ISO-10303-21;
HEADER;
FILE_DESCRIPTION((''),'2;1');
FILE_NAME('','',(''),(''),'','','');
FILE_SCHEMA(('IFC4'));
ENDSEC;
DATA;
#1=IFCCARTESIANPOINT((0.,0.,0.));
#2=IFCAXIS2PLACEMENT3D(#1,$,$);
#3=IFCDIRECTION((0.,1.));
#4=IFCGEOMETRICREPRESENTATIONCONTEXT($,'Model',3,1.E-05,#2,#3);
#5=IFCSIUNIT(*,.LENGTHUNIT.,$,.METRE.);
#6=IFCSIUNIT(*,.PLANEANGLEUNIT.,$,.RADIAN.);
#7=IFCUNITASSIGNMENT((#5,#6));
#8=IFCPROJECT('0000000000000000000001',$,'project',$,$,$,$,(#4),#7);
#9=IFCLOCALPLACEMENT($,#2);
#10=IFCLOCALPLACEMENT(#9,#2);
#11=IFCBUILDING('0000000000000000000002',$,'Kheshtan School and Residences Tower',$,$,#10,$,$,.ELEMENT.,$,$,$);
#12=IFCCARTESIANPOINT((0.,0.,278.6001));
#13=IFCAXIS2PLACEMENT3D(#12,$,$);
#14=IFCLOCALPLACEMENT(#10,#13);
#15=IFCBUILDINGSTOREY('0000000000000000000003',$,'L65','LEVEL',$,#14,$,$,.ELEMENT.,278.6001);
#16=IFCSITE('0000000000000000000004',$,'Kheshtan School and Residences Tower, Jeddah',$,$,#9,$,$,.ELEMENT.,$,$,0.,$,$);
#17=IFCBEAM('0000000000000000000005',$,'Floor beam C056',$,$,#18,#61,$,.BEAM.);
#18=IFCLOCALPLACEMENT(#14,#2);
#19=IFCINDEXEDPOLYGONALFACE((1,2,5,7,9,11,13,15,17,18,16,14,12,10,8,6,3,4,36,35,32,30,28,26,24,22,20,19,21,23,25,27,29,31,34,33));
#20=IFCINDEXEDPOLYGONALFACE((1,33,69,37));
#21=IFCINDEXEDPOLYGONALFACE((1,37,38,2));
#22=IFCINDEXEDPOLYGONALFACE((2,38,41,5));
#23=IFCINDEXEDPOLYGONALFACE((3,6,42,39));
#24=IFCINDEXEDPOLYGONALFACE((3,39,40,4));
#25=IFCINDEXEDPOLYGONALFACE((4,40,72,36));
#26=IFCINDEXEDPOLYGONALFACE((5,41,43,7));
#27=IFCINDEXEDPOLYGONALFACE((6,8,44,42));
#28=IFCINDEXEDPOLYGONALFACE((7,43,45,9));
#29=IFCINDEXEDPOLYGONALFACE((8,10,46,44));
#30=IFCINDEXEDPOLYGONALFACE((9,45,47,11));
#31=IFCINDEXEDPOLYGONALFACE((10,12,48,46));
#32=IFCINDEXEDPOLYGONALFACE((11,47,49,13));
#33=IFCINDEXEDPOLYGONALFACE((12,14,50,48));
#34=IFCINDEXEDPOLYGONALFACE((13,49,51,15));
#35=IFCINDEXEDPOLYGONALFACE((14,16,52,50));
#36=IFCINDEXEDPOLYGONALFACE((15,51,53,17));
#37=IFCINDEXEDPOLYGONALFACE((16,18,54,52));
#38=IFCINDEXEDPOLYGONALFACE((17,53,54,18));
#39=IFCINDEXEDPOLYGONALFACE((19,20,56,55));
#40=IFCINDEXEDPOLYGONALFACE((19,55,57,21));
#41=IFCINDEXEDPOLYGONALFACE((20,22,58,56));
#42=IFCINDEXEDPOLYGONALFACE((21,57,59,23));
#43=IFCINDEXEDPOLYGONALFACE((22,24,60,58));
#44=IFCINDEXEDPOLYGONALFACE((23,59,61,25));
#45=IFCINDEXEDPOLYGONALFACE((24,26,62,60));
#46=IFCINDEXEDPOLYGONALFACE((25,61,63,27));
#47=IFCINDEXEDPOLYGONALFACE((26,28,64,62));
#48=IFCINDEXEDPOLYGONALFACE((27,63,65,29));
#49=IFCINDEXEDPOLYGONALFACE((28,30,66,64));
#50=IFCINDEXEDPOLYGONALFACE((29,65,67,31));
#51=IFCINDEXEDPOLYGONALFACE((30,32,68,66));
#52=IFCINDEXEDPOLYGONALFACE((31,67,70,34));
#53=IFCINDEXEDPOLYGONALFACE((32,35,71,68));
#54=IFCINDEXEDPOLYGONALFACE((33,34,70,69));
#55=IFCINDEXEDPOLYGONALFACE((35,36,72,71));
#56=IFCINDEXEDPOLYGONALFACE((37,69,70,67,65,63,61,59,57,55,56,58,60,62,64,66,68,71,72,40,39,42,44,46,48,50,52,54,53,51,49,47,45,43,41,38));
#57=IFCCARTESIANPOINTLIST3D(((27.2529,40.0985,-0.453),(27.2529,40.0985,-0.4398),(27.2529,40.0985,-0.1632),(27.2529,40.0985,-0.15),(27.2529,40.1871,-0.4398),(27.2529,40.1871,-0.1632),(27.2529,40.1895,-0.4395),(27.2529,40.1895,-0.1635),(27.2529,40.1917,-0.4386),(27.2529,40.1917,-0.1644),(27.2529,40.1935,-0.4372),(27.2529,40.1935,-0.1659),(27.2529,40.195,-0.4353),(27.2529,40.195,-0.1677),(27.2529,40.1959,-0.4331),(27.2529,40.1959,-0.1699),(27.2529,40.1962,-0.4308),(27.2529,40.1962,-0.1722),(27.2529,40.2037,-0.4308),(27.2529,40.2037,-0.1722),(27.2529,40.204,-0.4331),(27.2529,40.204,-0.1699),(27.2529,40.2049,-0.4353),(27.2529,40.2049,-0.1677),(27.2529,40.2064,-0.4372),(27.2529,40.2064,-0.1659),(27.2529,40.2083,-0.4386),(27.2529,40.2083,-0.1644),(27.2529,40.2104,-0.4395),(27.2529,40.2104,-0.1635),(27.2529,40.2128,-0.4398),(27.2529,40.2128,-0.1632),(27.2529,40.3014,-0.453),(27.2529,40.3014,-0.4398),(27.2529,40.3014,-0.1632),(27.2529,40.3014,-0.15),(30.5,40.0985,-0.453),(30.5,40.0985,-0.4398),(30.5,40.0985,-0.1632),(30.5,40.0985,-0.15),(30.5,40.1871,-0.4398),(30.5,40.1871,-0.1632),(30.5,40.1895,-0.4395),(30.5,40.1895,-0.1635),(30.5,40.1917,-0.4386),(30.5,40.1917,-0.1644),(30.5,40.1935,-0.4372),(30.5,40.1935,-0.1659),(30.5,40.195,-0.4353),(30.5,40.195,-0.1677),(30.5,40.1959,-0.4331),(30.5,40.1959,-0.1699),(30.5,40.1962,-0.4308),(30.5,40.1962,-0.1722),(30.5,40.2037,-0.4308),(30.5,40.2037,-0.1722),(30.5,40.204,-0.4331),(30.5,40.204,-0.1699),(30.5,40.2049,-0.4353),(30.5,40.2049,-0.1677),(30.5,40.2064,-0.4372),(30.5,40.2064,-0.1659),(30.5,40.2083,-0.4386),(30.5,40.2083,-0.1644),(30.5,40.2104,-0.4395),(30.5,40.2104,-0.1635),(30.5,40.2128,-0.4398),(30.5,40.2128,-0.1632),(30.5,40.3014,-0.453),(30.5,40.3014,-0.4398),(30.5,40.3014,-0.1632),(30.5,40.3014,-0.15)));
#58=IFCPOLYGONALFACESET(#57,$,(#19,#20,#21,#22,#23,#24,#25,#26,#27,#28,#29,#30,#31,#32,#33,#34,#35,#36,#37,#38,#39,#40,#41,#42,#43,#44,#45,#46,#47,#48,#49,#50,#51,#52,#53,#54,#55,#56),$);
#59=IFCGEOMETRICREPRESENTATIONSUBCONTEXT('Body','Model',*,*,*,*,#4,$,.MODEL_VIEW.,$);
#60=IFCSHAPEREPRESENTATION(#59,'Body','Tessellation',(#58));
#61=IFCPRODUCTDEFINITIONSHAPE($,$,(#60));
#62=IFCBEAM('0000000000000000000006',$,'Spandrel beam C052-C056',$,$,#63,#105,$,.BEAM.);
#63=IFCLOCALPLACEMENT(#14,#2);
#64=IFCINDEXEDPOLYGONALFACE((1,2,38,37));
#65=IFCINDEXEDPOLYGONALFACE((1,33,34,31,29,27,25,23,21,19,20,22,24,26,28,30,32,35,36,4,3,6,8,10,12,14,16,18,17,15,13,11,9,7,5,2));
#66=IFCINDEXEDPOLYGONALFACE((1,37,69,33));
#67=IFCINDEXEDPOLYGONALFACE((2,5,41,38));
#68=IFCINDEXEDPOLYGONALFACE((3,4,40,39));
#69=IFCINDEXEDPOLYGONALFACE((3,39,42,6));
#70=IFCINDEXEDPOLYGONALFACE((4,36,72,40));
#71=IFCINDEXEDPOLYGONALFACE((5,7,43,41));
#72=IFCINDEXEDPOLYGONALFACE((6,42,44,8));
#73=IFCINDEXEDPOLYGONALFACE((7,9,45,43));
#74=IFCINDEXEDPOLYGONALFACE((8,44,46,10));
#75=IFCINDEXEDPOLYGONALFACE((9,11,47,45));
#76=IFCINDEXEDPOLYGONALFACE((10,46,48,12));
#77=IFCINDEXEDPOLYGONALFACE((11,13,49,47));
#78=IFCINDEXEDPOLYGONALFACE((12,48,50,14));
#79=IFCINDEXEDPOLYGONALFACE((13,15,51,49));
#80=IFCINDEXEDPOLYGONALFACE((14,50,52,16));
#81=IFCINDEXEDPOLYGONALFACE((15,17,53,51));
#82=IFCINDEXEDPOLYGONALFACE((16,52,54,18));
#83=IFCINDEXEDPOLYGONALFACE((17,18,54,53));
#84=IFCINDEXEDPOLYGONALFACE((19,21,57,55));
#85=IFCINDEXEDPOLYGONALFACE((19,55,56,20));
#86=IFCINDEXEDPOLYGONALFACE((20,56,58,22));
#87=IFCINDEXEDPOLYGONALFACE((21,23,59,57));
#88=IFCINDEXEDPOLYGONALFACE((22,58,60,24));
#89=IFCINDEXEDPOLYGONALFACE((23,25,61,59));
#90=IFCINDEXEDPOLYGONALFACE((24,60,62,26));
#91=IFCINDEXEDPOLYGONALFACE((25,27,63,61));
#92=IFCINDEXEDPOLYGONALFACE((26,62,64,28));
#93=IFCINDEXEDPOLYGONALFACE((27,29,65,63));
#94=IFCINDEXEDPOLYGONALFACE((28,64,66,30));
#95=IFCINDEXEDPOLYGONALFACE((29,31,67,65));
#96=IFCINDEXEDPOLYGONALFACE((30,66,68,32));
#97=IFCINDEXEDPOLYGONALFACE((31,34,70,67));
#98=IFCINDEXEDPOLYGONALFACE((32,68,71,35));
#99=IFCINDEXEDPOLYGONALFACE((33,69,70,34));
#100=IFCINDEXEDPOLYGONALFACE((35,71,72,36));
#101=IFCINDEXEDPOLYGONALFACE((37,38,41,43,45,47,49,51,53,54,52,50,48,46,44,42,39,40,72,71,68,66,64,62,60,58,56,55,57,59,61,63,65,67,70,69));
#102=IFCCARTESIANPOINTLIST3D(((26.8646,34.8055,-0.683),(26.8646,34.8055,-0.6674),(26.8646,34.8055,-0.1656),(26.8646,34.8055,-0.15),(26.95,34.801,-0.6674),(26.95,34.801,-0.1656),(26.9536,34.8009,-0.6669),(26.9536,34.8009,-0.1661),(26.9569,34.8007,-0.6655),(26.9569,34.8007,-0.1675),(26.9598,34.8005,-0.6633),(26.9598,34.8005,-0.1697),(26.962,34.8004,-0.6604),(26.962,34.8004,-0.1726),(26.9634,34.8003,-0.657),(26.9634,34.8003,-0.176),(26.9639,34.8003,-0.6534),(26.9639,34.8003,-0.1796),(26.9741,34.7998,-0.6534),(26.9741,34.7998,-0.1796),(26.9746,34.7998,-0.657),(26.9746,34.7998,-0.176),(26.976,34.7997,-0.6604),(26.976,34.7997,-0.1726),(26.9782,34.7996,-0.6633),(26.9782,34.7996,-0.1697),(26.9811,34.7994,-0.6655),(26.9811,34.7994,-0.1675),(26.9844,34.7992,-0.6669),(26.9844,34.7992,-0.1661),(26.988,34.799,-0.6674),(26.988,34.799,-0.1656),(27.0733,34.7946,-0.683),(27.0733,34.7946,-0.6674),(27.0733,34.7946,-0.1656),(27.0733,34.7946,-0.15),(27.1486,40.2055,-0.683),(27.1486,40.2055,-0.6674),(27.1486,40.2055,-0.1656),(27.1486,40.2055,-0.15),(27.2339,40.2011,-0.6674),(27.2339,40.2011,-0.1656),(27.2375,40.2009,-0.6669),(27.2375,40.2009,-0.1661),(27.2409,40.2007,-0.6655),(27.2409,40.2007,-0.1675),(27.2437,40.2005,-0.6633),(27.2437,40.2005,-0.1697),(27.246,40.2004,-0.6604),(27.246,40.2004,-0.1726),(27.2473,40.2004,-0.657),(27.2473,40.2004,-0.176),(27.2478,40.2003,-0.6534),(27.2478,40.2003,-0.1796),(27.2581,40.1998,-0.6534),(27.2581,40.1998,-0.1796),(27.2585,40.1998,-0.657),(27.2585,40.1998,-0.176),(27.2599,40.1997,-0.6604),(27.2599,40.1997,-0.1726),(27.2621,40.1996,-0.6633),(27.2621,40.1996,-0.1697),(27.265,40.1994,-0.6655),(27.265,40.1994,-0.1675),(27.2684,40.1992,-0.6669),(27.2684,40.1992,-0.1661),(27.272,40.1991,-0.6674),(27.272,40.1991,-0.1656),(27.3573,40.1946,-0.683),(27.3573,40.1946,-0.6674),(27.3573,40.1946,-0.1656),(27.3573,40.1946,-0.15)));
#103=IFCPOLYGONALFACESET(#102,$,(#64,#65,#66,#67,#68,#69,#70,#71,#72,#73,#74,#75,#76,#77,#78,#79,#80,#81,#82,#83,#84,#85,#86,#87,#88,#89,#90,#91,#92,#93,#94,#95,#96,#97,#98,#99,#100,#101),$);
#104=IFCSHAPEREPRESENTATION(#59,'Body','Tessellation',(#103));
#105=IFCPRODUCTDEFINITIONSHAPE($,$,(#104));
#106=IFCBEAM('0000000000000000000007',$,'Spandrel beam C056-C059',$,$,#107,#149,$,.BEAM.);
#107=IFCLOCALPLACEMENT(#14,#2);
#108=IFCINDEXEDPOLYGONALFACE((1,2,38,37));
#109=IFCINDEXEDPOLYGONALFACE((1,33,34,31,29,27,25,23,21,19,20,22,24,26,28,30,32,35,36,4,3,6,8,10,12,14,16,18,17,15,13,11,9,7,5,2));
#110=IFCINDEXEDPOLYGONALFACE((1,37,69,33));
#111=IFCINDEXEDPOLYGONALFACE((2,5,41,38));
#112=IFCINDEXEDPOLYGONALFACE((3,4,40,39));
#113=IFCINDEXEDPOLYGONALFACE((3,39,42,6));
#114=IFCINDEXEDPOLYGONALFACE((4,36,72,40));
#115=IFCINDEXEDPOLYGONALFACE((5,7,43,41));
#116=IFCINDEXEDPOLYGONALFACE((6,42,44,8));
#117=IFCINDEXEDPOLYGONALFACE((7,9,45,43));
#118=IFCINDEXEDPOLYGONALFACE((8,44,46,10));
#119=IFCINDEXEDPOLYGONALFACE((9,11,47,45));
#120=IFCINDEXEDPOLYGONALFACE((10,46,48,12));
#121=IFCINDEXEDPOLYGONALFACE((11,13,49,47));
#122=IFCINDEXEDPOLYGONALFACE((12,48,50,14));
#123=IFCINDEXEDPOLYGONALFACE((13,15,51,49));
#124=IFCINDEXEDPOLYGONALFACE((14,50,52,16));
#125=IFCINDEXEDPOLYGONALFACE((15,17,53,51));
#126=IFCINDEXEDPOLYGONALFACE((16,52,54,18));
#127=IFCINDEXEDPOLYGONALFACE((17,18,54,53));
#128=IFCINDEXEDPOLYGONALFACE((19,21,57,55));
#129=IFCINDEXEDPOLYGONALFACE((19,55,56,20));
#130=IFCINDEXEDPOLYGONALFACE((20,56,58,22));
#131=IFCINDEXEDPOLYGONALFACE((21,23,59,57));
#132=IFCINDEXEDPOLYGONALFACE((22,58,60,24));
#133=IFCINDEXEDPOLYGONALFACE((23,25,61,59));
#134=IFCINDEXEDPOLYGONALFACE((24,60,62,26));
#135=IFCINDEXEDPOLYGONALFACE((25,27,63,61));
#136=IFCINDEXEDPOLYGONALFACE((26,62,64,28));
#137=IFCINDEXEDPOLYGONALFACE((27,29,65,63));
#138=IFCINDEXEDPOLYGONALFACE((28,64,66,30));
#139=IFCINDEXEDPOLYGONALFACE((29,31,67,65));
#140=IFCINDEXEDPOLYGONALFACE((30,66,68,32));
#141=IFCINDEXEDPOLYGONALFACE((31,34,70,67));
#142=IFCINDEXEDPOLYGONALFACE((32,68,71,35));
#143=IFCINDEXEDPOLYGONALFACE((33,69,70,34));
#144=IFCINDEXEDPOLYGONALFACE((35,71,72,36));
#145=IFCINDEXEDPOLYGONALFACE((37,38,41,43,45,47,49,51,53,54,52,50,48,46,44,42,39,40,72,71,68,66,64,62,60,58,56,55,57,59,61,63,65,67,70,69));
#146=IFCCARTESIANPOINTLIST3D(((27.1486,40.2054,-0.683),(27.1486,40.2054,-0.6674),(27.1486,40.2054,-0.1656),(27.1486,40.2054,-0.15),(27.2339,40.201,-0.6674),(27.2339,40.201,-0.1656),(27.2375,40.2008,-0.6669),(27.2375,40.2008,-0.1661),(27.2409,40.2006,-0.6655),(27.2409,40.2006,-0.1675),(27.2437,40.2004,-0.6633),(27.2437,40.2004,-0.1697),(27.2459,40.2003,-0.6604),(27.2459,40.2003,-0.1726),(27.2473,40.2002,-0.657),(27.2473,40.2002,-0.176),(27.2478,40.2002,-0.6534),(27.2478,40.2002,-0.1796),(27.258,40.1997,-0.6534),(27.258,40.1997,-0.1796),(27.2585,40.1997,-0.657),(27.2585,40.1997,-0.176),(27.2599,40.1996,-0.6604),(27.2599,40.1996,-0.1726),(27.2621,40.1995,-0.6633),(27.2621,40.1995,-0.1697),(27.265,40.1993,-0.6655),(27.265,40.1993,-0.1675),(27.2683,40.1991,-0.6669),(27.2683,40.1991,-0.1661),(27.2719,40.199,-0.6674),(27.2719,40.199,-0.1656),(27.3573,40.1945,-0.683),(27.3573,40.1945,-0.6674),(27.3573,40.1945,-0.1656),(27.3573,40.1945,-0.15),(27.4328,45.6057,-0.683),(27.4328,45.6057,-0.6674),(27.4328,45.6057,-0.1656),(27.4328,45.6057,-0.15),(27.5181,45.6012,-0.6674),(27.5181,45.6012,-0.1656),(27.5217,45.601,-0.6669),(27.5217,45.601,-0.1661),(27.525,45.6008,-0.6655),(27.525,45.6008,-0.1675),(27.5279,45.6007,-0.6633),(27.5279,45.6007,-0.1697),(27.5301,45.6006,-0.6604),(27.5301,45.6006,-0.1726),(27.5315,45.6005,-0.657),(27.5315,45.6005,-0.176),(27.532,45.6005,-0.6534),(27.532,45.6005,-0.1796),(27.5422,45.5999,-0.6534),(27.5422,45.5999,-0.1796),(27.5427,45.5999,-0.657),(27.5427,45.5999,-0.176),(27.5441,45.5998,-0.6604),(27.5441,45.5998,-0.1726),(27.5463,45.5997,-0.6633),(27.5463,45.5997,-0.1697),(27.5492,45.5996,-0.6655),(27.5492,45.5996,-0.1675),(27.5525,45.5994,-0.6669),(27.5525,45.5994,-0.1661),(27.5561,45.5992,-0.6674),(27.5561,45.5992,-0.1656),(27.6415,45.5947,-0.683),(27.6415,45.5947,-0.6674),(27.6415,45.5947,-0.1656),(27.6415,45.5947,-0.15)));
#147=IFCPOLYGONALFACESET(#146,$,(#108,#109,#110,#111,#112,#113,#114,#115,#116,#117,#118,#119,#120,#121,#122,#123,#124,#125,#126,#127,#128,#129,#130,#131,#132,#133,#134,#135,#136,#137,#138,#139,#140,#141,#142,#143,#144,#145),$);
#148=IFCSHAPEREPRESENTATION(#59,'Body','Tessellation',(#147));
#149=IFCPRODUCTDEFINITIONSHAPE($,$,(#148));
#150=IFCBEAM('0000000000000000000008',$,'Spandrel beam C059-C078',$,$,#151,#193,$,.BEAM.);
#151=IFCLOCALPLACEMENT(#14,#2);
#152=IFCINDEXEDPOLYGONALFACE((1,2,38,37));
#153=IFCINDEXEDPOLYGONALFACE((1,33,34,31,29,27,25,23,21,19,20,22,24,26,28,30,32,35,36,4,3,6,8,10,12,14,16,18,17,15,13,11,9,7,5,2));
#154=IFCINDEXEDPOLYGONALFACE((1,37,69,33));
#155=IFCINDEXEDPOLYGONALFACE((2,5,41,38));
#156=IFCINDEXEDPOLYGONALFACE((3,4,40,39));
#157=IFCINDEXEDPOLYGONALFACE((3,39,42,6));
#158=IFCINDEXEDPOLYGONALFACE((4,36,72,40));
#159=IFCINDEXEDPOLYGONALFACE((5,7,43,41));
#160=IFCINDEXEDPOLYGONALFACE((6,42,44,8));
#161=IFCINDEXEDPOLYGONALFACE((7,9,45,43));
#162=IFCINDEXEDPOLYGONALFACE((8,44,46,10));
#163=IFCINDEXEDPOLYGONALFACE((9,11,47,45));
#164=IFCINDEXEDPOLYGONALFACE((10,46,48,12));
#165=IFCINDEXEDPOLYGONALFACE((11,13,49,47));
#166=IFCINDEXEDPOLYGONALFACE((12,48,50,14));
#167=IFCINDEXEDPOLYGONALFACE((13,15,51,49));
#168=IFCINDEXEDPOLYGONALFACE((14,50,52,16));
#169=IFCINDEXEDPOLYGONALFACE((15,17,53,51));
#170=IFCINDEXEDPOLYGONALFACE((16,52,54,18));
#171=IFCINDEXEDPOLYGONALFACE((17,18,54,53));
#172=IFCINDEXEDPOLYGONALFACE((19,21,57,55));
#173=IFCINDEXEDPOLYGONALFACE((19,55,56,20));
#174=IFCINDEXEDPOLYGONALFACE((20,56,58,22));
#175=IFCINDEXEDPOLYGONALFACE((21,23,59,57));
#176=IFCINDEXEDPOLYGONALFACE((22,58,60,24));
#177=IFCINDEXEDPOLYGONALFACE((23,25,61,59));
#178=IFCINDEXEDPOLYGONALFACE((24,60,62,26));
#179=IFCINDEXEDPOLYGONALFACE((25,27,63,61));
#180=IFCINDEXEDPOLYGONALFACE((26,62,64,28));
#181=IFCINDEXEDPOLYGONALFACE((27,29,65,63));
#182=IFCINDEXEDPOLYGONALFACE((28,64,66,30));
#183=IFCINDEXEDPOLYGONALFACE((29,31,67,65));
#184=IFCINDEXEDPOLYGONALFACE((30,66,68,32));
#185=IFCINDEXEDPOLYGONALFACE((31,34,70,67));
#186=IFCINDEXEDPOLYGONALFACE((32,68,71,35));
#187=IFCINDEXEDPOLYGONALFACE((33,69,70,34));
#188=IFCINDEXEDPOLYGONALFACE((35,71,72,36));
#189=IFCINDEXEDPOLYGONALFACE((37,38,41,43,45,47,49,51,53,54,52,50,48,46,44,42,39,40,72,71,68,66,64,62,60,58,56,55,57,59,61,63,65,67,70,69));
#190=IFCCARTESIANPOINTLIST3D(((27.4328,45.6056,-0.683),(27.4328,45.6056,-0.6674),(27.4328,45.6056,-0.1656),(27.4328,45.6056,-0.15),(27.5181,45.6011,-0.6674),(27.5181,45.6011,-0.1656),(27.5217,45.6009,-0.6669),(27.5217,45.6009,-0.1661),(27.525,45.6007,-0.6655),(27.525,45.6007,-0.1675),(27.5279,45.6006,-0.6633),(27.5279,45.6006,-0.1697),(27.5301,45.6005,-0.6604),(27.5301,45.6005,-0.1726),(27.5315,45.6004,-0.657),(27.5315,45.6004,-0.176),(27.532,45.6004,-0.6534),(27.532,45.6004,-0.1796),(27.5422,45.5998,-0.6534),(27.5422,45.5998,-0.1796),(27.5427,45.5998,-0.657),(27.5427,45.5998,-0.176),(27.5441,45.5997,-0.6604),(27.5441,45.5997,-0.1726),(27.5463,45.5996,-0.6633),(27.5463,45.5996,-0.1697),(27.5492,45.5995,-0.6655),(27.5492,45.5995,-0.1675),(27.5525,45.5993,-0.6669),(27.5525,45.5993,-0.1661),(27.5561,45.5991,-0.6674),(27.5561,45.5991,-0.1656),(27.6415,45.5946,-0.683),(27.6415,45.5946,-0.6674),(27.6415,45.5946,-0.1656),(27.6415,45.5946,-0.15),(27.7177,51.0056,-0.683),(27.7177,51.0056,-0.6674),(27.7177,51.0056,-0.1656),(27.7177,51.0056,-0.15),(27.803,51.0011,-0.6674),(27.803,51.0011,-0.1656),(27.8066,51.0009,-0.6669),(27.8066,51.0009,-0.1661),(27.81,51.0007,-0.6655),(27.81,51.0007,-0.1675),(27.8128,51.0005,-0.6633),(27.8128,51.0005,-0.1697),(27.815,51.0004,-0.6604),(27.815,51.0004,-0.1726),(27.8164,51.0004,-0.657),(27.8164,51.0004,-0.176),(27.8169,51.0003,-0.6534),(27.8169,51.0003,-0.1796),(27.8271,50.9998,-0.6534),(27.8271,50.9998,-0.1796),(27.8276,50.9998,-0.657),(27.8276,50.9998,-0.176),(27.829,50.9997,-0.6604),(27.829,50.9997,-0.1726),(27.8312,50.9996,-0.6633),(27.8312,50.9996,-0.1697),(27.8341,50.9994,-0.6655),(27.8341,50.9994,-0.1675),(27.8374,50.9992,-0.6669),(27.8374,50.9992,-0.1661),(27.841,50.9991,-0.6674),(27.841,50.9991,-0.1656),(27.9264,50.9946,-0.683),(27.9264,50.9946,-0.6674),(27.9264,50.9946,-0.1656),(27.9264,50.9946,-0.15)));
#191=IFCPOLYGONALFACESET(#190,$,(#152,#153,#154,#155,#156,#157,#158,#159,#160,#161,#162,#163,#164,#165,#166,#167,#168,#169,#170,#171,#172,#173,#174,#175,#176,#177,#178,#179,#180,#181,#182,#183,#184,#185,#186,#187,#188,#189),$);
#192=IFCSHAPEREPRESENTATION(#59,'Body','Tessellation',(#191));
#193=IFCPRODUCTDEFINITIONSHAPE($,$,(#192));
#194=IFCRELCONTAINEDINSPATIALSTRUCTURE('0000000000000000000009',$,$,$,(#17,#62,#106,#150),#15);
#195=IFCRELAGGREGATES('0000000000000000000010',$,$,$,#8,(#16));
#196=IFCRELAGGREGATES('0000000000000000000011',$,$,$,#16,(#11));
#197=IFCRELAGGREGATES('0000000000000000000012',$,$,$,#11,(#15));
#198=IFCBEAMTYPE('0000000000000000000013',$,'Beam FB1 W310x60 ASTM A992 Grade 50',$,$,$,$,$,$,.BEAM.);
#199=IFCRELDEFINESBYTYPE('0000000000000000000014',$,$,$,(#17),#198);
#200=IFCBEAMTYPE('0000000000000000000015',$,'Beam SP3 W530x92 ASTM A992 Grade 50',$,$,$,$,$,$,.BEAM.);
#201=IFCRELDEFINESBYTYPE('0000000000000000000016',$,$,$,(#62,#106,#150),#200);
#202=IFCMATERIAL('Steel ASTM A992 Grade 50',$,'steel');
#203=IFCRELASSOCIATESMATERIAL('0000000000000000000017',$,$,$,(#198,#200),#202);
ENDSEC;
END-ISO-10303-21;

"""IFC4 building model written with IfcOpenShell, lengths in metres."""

from ifc_helpers import new_model, si_unit, direction, frame, origin, origin_2d, place, context, subcontext, project, spatial, i_section, extrude, material, material_profile, profile_set, type_object, element, save


model = new_model("IFC4")

# Units and contexts
model_context = context("Model", 3, precision=1e-05, world=origin(), true_north=direction((0.0, 1.0)))
body_context = subcontext(model_context, "Body", "Model", "MODEL_VIEW")
ifc_project = project(units=[si_unit("LENGTHUNIT", "METRE"), si_unit("PLANEANGLEUNIT", "RADIAN")], contexts=[model_context])

# Site, building, storey
site_placement = place(None, origin())
site = spatial("IfcSite", under=ifc_project, at=site_placement, Name="Kheshtan School and Residences Tower, Jeddah", CompositionType="ELEMENT", RefElevation=0.0)
building_placement = place(site_placement, origin())
building = spatial("IfcBuilding", under=site, at=building_placement, Name="Kheshtan School and Residences Tower", CompositionType="ELEMENT")
storey_placement = place(building_placement, frame((0.0, 0.0, 278.6001)))
storey = spatial("IfcBuildingStorey", under=building, at=storey_placement, Name="L65", Description="LEVEL", CompositionType="ELEMENT", Elevation=278.6001)

# Shared definitions
ifc_material_1 = material(Name="Steel ASTM A992 Grade 50", Category="steel")

# Beams
ifc_material_profile_1 = material_profile(ifc_material_1, i_section(OverallWidth=0.2029, OverallDepth=0.303, WebThickness=0.0076, FlangeThickness=0.0132, FilletRadius=0.009, at=origin_2d()), Name="W310x60")
ifc_profile_set_1 = profile_set([ifc_material_profile_1], Name="Steel ASTM A992 Grade 50")
beam_type_1 = type_object("IfcBeamType", Name="Beam FB1 W310x60 ASTM A992 Grade 50", PredefinedType="BEAM", material=ifc_profile_set_1)
beam_1_placement = place(storey_placement, frame((27.2529, 40.2, -0.3015), z_axis=(1.0, 0.0, 0.0), x_axis=(0.0, 1.0, 0.0)))
element("IfcBeam", 1, at=beam_1_placement, inside=storey, type_object=beam_type_1, Name="Floor beam C056", PredefinedType="BEAM", context=body_context, shape_type="SweptSolid", body=[
    extrude(i_section(OverallWidth=0.2029, OverallDepth=0.303, WebThickness=0.0076, FlangeThickness=0.0132, FilletRadius=0.009, at=origin_2d()), origin(), (0.0, 0.0, 1.0), 3.2471),
])
ifc_material_profile_2 = material_profile(ifc_material_1, i_section(OverallWidth=0.209, OverallDepth=0.533, WebThickness=0.0103, FlangeThickness=0.0156, FilletRadius=0.0139, at=origin_2d()), Name="W530x92")
ifc_profile_set_2 = profile_set([ifc_material_profile_2], Name="Steel ASTM A992 Grade 50")
beam_type_2 = type_object("IfcBeamType", Name="Beam SP3 W530x92 ASTM A992 Grade 50", PredefinedType="BEAM", material=ifc_profile_set_2)
beam_2_placement = place(storey_placement, frame((26.969, 34.8, -0.4165), z_axis=(0.052509, 0.99862, 0.0), x_axis=(-0.99862, 0.052509, 0.0)))
element("IfcBeam", 2, at=beam_2_placement, inside=storey, type_object=beam_type_2, Name="Spandrel beam C052-C056", PredefinedType="BEAM", context=body_context, shape_type="SweptSolid", body=[
    extrude(i_section(OverallWidth=0.209, OverallDepth=0.533, WebThickness=0.0103, FlangeThickness=0.0156, FilletRadius=0.0139, at=origin_2d()), origin(), (0.0, 0.0, 1.0), 5.4075),
])
beam_3_placement = place(storey_placement, frame((27.2529, 40.2, -0.4165), z_axis=(0.052552, 0.998618, 0.0), x_axis=(-0.998618, 0.052552, 0.0)))
element("IfcBeam", 3, at=beam_3_placement, inside=storey, type_object=beam_type_2, Name="Spandrel beam C056-C059", PredefinedType="BEAM", context=body_context, shape_type="SweptSolid", body=[
    extrude(i_section(OverallWidth=0.209, OverallDepth=0.533, WebThickness=0.0103, FlangeThickness=0.0156, FilletRadius=0.0139, at=origin_2d()), origin(), (0.0, 0.0, 1.0), 5.4077),
])
for number, where, z_axis, x_axis, name in (
    (4, (27.5371, 45.6001, -0.4165), (0.052689, 0.998611, 0.0), (-0.998611, 0.052689, 0.0), "Spandrel beam C059-C078"),
):
    element("IfcBeam", number, at=place(storey_placement, frame(where, z_axis=z_axis, x_axis=x_axis)), inside=storey, type_object=beam_type_2, Name=name, PredefinedType="BEAM", context=body_context, shape_type="SweptSolid", body=[
        extrude(i_section(OverallWidth=0.209, OverallDepth=0.533, WebThickness=0.0103, FlangeThickness=0.0156, FilletRadius=0.0139, at=origin_2d()), origin(), (0.0, 0.0, 1.0), 5.4075),
    ])

save(model, "model.ifc")
